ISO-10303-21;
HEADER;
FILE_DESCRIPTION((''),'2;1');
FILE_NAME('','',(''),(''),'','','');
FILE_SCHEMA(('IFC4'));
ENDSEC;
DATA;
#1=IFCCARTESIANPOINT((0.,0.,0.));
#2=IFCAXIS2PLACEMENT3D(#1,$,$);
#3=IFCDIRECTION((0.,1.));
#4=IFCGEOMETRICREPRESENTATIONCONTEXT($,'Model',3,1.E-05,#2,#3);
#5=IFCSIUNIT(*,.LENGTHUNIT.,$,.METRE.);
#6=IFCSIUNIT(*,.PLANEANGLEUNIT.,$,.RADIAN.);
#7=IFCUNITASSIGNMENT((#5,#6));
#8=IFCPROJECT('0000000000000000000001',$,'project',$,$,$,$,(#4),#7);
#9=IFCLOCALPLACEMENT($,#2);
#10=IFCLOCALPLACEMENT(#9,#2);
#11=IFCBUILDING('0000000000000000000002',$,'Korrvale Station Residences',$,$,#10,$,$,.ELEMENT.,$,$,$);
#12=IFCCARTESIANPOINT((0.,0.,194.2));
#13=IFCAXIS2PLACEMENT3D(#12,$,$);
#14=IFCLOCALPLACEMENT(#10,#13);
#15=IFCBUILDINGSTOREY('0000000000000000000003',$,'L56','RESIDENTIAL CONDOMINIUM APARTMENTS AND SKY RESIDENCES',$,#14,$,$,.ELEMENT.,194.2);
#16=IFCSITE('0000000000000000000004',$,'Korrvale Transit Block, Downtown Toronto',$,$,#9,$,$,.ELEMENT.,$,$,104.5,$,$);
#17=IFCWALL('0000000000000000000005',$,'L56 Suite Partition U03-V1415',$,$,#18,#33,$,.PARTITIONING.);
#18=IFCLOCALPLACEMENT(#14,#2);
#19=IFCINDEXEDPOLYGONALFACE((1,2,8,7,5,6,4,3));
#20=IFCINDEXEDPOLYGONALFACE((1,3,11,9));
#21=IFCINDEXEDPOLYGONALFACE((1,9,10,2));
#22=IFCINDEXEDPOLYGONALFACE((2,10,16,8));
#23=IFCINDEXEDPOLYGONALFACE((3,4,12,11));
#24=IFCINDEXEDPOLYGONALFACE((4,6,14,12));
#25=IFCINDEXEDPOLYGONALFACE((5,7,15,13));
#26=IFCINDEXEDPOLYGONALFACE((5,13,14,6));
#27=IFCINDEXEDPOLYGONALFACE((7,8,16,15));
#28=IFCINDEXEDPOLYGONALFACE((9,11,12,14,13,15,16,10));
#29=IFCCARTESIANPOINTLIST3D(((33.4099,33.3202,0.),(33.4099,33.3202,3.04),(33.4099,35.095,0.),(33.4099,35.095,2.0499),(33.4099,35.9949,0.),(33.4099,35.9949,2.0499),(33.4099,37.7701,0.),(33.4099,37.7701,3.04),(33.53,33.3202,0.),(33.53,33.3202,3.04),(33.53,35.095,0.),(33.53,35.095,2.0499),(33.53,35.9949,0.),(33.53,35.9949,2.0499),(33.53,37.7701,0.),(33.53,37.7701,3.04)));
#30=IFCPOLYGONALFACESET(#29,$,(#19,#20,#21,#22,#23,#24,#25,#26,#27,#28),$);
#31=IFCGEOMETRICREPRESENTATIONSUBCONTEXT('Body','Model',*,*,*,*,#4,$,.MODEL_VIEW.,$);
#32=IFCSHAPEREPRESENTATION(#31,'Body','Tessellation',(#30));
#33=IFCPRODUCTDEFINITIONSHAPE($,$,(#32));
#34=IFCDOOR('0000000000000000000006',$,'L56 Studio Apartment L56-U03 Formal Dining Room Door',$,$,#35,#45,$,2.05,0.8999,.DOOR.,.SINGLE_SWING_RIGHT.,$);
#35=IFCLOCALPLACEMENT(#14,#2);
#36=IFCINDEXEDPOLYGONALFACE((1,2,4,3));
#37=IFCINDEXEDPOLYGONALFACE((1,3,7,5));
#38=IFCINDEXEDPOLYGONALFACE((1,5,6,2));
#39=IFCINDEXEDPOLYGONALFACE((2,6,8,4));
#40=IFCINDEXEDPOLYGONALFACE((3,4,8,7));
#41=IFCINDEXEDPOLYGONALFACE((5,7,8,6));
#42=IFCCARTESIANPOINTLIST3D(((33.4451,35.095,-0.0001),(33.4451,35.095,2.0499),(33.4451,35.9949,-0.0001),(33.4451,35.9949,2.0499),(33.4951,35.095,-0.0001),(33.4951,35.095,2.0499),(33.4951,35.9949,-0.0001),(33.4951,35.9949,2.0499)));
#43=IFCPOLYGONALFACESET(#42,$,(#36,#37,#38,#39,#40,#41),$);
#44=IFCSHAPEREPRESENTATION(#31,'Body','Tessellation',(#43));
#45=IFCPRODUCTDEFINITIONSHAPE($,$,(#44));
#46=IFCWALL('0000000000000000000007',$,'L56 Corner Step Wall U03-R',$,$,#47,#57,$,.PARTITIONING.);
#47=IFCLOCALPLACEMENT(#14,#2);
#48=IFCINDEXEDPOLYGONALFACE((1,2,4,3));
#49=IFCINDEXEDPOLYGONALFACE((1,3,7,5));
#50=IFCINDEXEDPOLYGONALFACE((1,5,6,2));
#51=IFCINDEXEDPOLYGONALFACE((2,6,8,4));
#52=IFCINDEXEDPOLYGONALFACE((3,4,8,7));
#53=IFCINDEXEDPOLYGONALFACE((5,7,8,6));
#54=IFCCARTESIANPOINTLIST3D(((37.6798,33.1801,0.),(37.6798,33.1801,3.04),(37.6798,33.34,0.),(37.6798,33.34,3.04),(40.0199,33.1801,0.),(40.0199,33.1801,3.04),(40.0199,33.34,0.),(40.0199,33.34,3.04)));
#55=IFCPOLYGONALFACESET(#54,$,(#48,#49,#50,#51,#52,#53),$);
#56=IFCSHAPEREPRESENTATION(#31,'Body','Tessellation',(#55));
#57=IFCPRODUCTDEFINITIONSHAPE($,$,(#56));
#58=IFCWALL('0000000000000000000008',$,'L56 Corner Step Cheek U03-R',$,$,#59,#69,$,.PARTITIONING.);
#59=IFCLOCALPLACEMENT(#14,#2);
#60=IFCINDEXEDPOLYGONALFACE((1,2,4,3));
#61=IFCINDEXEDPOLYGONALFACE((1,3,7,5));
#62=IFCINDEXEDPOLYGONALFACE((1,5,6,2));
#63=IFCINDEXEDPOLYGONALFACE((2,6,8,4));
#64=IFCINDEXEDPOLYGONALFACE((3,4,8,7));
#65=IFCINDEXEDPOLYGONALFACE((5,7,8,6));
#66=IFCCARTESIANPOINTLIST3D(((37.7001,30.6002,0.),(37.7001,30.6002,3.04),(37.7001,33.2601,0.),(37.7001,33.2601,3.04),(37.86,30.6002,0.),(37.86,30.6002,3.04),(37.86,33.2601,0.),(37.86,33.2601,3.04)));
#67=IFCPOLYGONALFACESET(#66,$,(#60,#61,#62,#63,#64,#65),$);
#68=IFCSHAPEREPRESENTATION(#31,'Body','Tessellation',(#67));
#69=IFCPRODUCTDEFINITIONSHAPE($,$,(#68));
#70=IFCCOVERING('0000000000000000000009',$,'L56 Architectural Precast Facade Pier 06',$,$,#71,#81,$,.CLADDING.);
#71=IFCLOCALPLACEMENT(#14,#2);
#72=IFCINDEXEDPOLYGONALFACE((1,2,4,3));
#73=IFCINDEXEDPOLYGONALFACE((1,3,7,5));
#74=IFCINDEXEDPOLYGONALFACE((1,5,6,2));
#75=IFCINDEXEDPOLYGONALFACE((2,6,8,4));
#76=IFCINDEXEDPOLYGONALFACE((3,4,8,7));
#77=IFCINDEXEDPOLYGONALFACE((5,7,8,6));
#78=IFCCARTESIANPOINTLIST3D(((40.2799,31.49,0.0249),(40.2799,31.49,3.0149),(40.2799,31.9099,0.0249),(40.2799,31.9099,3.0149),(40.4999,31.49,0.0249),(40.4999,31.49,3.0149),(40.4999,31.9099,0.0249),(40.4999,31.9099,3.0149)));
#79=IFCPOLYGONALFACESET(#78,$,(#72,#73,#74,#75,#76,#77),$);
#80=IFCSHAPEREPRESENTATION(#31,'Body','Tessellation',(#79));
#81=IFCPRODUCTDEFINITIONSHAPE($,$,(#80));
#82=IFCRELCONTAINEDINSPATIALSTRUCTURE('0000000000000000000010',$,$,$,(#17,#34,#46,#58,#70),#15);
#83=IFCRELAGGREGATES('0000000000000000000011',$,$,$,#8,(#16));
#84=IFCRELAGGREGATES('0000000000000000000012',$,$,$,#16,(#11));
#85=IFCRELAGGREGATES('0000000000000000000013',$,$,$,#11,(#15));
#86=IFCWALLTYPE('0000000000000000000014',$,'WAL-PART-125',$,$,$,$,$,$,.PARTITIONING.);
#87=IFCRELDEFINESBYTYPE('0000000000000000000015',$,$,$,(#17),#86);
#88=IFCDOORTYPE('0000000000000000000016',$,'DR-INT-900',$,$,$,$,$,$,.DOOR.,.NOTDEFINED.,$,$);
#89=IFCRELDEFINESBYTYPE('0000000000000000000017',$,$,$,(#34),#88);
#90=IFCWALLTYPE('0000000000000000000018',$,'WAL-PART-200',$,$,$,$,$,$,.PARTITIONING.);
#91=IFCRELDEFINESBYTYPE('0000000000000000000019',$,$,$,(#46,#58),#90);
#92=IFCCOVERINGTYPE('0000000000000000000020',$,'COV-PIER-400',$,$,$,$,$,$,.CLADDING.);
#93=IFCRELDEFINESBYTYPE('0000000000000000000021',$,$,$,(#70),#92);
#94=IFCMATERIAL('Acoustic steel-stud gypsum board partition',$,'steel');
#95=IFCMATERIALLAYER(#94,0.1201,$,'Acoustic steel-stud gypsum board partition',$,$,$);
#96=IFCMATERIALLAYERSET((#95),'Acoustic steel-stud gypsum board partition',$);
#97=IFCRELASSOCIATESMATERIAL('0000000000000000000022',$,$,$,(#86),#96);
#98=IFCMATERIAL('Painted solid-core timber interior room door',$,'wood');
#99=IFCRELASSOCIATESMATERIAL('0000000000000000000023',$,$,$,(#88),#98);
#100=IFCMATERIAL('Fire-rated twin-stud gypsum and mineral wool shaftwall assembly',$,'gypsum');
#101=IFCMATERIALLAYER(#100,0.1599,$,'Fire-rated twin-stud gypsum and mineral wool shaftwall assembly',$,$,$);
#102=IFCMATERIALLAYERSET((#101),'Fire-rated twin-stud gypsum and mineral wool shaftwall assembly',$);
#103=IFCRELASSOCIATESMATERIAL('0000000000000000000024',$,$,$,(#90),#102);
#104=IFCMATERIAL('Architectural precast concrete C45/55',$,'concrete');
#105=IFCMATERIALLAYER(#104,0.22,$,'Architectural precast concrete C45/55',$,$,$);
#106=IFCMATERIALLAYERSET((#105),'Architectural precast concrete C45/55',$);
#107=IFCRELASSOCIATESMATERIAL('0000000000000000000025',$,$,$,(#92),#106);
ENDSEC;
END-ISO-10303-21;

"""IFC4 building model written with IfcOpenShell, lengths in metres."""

from ifc_helpers import new_model, si_unit, direction, frame, frame_2d, origin, origin_2d, place, context, subcontext, project, spatial, rectangle, extrude, material, layer, layer_set, type_object, element, fill, save


model = new_model("IFC4")

# Units and contexts
model_context = context("Model", 3, precision=1e-05, world=origin(), true_north=direction((0.0, 1.0)))
body_context = subcontext(model_context, "Body", "Model", "MODEL_VIEW")
ifc_project = project(units=[si_unit("LENGTHUNIT", "METRE"), si_unit("PLANEANGLEUNIT", "RADIAN")], contexts=[model_context])

# Site, building, storey
site_placement = place(None, origin())
site = spatial("IfcSite", under=ifc_project, at=site_placement, Name="Korrvale Transit Block, Downtown Toronto", CompositionType="ELEMENT", RefElevation=104.5)
building_placement = place(site_placement, origin())
building = spatial("IfcBuilding", under=site, at=building_placement, Name="Korrvale Station Residences", CompositionType="ELEMENT")
storey_placement = place(building_placement, frame((0.0, 0.0, 194.2)))
storey = spatial("IfcBuildingStorey", under=building, at=storey_placement, Name="L56", Description="RESIDENTIAL CONDOMINIUM APARTMENTS AND SKY RESIDENCES", CompositionType="ELEMENT", Elevation=194.2)

# Wall, opening, door
ifc_material_1 = material(Name="Acoustic steel-stud gypsum board partition", Category="steel")
ifc_layer_1 = layer(ifc_material_1, 0.1201, Name="Acoustic steel-stud gypsum board partition")
ifc_layer_set_1 = layer_set([ifc_layer_1], Name="Acoustic steel-stud gypsum board partition")
wall_type_1 = type_object("IfcWallType", Name="WAL-PART-125", PredefinedType="PARTITIONING", material=ifc_layer_set_1)
ifc_material_2 = material(Name="Painted solid-core timber interior room door", Category="wood")
door_type = type_object("IfcDoorType", Name="DR-INT-900", OperationType="NOTDEFINED", PredefinedType="DOOR", material=ifc_material_2)
wall_1_placement = place(storey_placement, frame((33.47, 33.3201, 0.0), z_axis=(0.0, 0.0, 1.0), x_axis=(0.0, 1.0, 0.0)))
wall_1 = element("IfcWall", 1, at=wall_1_placement, inside=storey, type_object=wall_type_1, Name="L56 Suite Partition U03-V1415", PredefinedType="PARTITIONING", context=body_context, shape_type="SweptSolid", body=[
    extrude(rectangle(XDim=4.45, YDim=0.1201, at=frame_2d((2.2251, 0.0))), origin(), (0.0, 0.0, 1.0), 3.04),
])
opening_1_placement = place(wall_1_placement, frame((1.7749, 0.0, 0.0)))
opening_1 = element("IfcOpeningElement", 2, at=opening_1_placement, cuts=wall_1, PredefinedType="OPENING", context=body_context, shape_type="SweptSolid", body=[
    extrude(rectangle(XDim=0.8999, YDim=2.05, at=frame_2d((0.45, 1.0249))), frame((0.0, 0.0701, 0.0), z_axis=(0.0, -1.0, 0.0), x_axis=(1.0, 0.0, 0.0)), (0.0, 0.0, 1.0), 0.1401),
])
door_1_placement = place(opening_1_placement, origin())
door_1 = element("IfcDoor", 3, at=door_1_placement, inside=storey, type_object=door_type, Name="L56 Studio Apartment L56-U03 Formal Dining Room Door", OperationType="SINGLE_SWING_RIGHT", OverallHeight=2.05, OverallWidth=0.8999, PredefinedType="DOOR", context=body_context, shape_type="SweptSolid", body=[
    extrude(rectangle(XDim=0.8999, YDim=2.05, at=frame_2d((0.45, 1.0249))), frame((0.0, 0.0249, 0.0), z_axis=(0.0, -1.0, 0.0), x_axis=(1.0, 0.0, 0.0)), (0.0, 0.0, 1.0), 0.05),
])
fill(opening_1, door_1)

# Walls
ifc_material_3 = material(Name="Fire-rated twin-stud gypsum and mineral wool shaftwall assembly", Category="gypsum")
ifc_layer_2 = layer(ifc_material_3, 0.1599, Name="Fire-rated twin-stud gypsum and mineral wool shaftwall assembly")
ifc_layer_set_2 = layer_set([ifc_layer_2], Name="Fire-rated twin-stud gypsum and mineral wool shaftwall assembly")
wall_type_2 = type_object("IfcWallType", Name="WAL-PART-200", PredefinedType="PARTITIONING", material=ifc_layer_set_2)
wall_2_placement = place(storey_placement, frame((37.6799, 33.26, 0.0), z_axis=(0.0, 0.0, 1.0), x_axis=(1.0, 0.0, 0.0)))
element("IfcWall", 4, at=wall_2_placement, inside=storey, type_object=wall_type_2, Name="L56 Corner Step Wall U03-R", PredefinedType="PARTITIONING", context=body_context, shape_type="SweptSolid", body=[
    extrude(rectangle(XDim=2.3401, YDim=0.1599, at=frame_2d((1.1699, 0.0))), origin(), (0.0, 0.0, 1.0), 3.04),
])
wall_3_placement = place(storey_placement, frame((37.78, 30.6001, 0.0), z_axis=(0.0, 0.0, 1.0), x_axis=(0.0, 1.0, 0.0)))
element("IfcWall", 5, at=wall_3_placement, inside=storey, type_object=wall_type_2, Name="L56 Corner Step Cheek U03-R", PredefinedType="PARTITIONING", context=body_context, shape_type="SweptSolid", body=[
    extrude(rectangle(XDim=2.6599, YDim=0.1599, at=frame_2d((1.3301, 0.0))), origin(), (0.0, 0.0, 1.0), 3.04),
])

# Covering
ifc_material_4 = material(Name="Architectural precast concrete C45/55", Category="concrete")
ifc_layer_3 = layer(ifc_material_4, 0.22, Name="Architectural precast concrete C45/55")
ifc_layer_set_3 = layer_set([ifc_layer_3], Name="Architectural precast concrete C45/55")
covering_type = type_object("IfcCoveringType", Name="COV-PIER-400", PredefinedType="CLADDING", material=ifc_layer_set_3)
covering_placement = place(storey_placement, frame((40.3899, 31.7, 0.0249), z_axis=(0.0, 0.0, 1.0), x_axis=(0.0, 1.0, 0.0)))
element("IfcCovering", 6, at=covering_placement, inside=storey, type_object=covering_type, Name="L56 Architectural Precast Facade Pier 06", PredefinedType="CLADDING", context=body_context, shape_type="SweptSolid", body=[
    extrude(rectangle(XDim=0.4199, YDim=0.22, at=origin_2d()), origin(), (0.0, 0.0, 1.0), 2.99),
])

save(model, "model.ifc")
